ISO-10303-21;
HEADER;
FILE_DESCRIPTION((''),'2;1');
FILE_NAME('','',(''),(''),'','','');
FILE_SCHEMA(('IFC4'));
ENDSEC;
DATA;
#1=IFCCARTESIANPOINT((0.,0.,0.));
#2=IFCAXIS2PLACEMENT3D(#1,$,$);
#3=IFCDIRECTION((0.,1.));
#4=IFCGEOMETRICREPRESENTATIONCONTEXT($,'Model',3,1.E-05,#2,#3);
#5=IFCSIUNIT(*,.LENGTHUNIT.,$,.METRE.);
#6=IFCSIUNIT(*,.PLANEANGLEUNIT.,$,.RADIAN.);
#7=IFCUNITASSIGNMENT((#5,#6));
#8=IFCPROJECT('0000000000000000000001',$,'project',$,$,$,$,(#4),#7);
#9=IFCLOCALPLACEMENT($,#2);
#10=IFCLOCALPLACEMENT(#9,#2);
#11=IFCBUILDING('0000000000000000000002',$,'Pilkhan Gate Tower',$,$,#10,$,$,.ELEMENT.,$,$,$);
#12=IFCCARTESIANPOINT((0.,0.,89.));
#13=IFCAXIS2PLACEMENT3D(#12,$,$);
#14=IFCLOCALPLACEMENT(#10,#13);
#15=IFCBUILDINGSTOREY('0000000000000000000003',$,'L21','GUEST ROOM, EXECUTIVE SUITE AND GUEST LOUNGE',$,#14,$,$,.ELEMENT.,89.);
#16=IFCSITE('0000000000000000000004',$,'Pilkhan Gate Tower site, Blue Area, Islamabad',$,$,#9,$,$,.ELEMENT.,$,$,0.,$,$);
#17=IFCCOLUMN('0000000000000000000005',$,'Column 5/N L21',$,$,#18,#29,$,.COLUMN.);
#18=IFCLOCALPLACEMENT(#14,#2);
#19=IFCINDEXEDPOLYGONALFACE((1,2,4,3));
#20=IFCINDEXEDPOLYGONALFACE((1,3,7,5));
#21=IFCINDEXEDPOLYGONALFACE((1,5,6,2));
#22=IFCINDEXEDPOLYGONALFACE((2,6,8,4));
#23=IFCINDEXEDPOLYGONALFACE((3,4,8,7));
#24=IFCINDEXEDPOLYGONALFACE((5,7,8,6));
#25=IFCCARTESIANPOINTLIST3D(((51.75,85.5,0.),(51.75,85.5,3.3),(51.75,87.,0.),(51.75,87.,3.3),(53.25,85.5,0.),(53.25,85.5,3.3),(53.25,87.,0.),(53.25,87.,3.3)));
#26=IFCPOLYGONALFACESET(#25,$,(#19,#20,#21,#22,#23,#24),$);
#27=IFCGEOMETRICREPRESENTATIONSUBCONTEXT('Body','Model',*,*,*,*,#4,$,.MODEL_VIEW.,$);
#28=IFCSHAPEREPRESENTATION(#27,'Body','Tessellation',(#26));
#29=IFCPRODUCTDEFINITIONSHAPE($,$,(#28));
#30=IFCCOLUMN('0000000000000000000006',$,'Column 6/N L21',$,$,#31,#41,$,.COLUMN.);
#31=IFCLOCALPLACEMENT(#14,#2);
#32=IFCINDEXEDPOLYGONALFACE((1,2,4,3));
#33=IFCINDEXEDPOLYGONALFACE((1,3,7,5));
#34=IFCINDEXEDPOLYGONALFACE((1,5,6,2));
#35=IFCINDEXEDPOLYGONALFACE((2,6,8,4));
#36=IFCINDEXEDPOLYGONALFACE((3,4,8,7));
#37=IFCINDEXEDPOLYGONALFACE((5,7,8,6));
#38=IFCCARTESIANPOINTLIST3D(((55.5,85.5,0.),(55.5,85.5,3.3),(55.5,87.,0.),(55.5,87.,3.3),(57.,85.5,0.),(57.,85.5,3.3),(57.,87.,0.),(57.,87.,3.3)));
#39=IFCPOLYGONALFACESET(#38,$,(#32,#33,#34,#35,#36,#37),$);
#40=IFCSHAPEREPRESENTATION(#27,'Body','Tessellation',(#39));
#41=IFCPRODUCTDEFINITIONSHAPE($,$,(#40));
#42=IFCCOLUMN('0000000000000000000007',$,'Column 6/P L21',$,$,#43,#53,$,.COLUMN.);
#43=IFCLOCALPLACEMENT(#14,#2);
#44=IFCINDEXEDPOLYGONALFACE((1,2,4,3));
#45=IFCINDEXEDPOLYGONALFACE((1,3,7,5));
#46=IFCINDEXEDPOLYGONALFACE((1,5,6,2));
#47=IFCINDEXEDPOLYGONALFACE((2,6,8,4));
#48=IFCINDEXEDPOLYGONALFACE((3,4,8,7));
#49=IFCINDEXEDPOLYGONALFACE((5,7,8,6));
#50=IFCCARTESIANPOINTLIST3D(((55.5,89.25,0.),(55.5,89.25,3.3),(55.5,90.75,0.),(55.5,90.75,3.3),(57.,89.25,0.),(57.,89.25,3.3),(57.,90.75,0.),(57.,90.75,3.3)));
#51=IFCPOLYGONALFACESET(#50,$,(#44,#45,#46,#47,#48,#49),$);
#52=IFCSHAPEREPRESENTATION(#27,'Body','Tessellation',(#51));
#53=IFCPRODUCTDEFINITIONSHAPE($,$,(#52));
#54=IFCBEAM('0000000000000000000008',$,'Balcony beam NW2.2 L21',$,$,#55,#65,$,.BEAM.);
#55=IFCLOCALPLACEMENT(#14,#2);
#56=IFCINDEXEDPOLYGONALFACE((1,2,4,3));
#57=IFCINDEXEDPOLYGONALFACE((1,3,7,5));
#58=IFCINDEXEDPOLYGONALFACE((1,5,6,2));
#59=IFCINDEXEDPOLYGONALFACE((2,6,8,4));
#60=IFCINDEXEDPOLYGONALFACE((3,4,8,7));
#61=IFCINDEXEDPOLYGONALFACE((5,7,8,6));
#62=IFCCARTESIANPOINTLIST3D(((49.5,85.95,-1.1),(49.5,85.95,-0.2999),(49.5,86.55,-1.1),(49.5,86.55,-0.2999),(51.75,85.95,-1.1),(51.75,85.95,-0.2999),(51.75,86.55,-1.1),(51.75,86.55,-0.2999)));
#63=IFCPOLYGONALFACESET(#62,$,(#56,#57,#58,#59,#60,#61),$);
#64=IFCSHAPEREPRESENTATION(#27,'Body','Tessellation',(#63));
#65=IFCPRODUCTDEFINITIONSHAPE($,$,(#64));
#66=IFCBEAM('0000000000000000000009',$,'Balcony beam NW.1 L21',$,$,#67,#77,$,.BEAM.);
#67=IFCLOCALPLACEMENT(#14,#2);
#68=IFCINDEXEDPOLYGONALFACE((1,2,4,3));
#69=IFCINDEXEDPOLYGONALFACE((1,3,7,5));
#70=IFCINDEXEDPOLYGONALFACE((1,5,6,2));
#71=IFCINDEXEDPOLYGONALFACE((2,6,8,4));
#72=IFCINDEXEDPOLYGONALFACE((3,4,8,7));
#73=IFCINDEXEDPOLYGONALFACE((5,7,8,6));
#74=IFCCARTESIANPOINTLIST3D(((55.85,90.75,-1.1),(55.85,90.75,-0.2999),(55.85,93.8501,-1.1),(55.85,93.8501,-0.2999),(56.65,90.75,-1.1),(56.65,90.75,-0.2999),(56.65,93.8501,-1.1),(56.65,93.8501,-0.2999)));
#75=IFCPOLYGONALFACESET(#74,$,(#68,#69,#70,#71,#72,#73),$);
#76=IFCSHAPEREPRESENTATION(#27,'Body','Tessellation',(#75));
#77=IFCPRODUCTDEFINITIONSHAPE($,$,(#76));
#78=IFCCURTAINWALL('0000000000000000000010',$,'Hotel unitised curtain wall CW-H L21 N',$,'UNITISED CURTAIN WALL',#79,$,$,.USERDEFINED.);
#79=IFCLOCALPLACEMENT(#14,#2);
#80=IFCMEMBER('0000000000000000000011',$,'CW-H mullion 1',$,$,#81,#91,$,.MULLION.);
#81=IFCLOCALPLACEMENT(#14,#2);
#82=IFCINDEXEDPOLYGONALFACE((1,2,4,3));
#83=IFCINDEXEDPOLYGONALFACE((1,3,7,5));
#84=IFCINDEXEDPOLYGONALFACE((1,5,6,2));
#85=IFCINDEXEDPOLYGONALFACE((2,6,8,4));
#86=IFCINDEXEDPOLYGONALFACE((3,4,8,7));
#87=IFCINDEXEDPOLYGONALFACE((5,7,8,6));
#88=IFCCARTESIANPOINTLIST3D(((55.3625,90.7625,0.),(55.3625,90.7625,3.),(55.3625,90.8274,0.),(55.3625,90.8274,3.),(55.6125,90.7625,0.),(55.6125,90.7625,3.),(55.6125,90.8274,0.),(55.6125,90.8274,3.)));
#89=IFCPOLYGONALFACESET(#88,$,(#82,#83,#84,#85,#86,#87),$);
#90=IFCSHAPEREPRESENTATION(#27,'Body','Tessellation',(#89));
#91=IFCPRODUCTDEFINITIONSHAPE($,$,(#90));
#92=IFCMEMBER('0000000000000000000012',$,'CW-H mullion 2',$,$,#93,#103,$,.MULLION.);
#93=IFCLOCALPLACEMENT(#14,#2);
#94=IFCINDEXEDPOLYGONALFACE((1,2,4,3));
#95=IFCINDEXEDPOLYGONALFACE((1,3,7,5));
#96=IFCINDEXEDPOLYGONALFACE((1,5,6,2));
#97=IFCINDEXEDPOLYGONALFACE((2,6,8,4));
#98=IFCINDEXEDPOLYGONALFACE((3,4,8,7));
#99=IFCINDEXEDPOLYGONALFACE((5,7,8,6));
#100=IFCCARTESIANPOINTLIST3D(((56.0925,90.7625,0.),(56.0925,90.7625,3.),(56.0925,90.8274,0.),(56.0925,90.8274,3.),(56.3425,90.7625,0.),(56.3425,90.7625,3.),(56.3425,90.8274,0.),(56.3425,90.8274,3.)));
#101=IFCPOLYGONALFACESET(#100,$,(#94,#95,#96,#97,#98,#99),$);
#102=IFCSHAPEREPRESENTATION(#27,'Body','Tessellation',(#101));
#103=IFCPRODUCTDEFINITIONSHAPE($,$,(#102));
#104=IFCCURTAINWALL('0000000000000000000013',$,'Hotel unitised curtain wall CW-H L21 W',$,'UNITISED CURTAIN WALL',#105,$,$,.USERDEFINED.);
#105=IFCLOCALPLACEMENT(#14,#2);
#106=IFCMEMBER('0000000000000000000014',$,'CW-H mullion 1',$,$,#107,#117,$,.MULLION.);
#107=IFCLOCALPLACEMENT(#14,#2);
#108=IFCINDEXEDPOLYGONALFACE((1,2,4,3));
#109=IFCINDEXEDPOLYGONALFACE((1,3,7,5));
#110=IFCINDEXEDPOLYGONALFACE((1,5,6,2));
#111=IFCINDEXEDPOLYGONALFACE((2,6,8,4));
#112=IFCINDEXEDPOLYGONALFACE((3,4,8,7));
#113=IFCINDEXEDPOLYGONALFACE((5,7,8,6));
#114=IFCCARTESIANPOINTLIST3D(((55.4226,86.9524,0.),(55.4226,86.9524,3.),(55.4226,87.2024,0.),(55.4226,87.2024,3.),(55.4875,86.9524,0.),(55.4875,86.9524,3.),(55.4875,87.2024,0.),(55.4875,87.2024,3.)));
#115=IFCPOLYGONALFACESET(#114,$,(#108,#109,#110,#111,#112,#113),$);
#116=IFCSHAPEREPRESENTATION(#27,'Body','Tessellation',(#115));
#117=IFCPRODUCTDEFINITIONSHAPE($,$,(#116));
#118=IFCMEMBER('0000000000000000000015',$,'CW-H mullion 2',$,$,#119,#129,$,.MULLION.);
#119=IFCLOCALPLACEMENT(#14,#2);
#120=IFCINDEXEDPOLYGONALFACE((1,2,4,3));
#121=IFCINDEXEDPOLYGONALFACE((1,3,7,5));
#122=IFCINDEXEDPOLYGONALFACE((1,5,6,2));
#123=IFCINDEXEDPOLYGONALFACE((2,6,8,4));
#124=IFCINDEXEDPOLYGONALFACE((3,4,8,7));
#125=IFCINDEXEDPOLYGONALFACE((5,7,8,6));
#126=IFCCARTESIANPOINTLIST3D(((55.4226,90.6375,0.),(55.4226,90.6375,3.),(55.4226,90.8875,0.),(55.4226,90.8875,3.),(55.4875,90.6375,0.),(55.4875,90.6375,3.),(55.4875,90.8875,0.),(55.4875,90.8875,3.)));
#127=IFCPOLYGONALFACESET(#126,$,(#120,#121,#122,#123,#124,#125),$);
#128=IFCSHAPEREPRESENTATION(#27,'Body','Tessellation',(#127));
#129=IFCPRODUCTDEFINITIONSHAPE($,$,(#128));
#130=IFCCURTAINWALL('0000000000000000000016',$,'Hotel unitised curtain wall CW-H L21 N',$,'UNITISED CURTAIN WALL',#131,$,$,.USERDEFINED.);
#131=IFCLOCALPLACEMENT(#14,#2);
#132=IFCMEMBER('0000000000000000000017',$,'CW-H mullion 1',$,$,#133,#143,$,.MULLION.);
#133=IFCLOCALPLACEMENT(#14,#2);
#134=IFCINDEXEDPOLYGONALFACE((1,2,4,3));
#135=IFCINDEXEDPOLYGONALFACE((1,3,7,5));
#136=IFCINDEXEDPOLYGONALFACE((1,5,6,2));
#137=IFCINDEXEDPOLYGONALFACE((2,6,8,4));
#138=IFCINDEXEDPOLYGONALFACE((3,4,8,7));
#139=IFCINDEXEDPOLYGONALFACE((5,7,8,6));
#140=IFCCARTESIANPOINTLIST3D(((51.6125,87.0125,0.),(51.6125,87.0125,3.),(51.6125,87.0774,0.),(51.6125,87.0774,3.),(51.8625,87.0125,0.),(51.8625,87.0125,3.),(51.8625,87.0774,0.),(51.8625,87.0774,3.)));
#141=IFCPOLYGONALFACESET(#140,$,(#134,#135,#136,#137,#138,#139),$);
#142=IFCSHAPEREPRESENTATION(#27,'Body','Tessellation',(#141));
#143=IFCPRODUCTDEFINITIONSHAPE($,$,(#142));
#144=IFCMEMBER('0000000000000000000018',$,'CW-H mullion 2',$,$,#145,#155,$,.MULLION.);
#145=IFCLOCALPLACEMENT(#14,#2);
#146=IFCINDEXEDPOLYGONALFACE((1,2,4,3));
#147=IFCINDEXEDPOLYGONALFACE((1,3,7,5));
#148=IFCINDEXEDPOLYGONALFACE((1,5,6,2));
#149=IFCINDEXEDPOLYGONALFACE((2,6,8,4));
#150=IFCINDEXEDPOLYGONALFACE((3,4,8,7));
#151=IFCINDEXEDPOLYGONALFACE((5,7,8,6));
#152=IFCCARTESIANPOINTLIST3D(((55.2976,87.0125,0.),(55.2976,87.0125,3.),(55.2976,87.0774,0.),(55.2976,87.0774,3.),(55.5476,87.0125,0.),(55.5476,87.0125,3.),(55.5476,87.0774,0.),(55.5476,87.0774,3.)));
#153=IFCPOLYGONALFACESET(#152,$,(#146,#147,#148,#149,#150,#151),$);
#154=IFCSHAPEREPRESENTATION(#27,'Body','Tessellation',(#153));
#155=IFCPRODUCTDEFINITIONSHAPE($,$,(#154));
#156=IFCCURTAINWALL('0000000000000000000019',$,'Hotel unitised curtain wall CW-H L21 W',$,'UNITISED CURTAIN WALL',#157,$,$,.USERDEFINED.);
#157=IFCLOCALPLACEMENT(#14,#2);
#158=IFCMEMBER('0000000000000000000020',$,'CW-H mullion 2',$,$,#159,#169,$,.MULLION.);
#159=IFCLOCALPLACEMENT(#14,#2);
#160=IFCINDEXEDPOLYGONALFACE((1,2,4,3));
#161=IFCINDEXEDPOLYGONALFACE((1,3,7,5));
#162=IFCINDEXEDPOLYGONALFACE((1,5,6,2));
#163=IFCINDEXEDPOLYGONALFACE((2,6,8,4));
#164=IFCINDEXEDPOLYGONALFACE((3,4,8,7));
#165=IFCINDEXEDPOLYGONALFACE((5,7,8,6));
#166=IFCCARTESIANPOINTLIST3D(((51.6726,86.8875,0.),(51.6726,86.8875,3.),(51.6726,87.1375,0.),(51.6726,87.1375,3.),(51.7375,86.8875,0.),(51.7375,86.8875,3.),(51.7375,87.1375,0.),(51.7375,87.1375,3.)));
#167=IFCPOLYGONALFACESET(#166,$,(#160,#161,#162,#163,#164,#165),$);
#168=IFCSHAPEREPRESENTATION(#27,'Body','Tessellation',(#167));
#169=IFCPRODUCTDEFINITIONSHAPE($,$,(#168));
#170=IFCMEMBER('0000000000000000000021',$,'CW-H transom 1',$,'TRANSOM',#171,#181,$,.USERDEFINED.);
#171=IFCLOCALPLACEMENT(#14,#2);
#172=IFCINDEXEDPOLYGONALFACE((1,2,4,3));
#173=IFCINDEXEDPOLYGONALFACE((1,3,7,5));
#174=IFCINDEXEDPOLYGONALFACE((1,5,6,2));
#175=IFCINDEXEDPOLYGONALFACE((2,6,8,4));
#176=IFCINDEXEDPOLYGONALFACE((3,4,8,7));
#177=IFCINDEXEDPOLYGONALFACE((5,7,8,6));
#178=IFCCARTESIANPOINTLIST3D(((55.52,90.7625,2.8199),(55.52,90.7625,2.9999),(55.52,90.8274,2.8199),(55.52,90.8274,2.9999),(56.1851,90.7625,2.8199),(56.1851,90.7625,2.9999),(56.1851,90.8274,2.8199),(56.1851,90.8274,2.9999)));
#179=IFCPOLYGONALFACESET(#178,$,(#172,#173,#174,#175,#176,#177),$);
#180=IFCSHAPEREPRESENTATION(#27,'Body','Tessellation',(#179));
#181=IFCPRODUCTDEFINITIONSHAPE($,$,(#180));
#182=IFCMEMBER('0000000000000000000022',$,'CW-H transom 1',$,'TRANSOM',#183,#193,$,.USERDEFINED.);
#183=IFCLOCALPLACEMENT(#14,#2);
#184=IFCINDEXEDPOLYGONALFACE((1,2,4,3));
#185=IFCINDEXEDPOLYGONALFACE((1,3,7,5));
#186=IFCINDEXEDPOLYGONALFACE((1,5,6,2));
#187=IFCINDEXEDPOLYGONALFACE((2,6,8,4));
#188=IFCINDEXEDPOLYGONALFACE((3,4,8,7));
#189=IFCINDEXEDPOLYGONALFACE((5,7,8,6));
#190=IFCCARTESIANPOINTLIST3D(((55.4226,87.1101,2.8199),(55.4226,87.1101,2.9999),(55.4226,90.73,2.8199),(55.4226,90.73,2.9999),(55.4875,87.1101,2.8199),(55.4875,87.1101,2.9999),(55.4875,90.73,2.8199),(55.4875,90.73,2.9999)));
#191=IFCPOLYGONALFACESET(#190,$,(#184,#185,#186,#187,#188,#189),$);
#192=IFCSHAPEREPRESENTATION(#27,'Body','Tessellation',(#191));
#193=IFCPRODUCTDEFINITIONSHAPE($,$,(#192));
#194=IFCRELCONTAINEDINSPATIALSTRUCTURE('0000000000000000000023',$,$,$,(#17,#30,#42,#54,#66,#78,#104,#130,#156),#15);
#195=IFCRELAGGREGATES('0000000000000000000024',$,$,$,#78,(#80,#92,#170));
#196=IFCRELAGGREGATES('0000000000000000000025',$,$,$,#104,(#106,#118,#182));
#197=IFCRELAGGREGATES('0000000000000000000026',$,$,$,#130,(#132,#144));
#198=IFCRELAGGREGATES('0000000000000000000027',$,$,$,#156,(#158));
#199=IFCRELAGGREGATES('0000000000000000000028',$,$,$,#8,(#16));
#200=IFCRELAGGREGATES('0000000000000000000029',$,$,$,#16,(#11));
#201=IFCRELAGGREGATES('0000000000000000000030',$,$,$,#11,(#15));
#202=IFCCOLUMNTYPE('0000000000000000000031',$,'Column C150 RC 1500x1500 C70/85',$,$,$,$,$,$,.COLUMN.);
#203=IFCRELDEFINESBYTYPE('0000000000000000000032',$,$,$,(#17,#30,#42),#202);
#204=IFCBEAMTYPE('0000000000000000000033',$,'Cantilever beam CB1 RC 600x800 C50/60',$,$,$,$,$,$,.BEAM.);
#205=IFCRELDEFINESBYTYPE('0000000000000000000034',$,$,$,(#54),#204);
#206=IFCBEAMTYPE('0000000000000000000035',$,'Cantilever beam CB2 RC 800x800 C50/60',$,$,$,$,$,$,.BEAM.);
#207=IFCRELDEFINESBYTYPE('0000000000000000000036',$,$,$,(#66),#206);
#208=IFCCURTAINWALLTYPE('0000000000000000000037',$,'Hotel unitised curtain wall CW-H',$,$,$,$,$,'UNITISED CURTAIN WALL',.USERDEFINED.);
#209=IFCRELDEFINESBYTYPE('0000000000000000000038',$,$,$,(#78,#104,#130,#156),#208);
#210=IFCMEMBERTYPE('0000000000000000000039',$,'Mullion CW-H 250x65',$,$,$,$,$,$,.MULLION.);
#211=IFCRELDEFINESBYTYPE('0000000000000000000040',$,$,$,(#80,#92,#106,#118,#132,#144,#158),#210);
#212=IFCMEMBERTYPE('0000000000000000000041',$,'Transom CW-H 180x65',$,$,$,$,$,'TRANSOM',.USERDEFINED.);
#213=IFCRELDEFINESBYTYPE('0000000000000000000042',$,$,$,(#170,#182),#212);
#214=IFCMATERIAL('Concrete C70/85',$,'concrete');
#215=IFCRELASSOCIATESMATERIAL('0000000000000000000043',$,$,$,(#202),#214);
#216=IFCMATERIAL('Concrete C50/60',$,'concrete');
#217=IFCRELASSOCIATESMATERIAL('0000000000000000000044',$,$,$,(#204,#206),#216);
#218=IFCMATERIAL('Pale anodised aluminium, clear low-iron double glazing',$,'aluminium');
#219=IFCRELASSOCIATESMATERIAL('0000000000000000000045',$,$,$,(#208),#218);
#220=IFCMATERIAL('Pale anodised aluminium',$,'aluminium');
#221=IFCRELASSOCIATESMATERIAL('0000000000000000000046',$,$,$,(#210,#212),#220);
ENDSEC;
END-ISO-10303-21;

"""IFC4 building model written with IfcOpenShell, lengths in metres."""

from ifc_helpers import new_model, si_unit, direction, frame, origin, origin_2d, place, context, subcontext, project, spatial, rectangle, extrude, material, material_profile, profile_set, type_object, element, aggregate, save


model = new_model("IFC4")

# Units and contexts
model_context = context("Model", 3, precision=1e-05, world=origin(), true_north=direction((0.0, 1.0)))
body_context = subcontext(model_context, "Body", "Model", "MODEL_VIEW")
ifc_project = project(units=[si_unit("LENGTHUNIT", "METRE"), si_unit("PLANEANGLEUNIT", "RADIAN")], contexts=[model_context])

# Site, building, storey
site_placement = place(None, origin())
site = spatial("IfcSite", under=ifc_project, at=site_placement, Name="Pilkhan Gate Tower site, Blue Area, Islamabad", CompositionType="ELEMENT", RefElevation=0.0)
building_placement = place(site_placement, origin())
building = spatial("IfcBuilding", under=site, at=building_placement, Name="Pilkhan Gate Tower", CompositionType="ELEMENT")
storey_placement = place(building_placement, frame((0.0, 0.0, 89.0)))
storey = spatial("IfcBuildingStorey", under=building, at=storey_placement, Name="L21", Description="GUEST ROOM, EXECUTIVE SUITE AND GUEST LOUNGE", CompositionType="ELEMENT", Elevation=89.0)

# Columns
ifc_material_1 = material(Name="Concrete C70/85", Category="concrete")
ifc_material_profile_1 = material_profile(ifc_material_1, rectangle(XDim=1.5, YDim=1.5, at=origin_2d()), Name="RC 1500x1500")
ifc_profile_set_1 = profile_set([ifc_material_profile_1], Name="Concrete C70/85")
column_type = type_object("IfcColumnType", Name="Column C150 RC 1500x1500 C70/85", PredefinedType="COLUMN", material=ifc_profile_set_1)
for number, where, z_axis, x_axis, name in (
    (1, (52.5, 86.25, 0.0), (0.0, 0.0, 1.0), (1.0, 0.0, 0.0), "Column 5/N L21"),
    (2, (56.25, 86.25, 0.0), (0.0, 0.0, 1.0), (1.0, 0.0, 0.0), "Column 6/N L21"),
    (3, (56.25, 90.0, 0.0), (0.0, 0.0, 1.0), (1.0, 0.0, 0.0), "Column 6/P L21"),
):
    element("IfcColumn", number, at=place(storey_placement, frame(where, z_axis=z_axis, x_axis=x_axis)), inside=storey, type_object=column_type, Name=name, PredefinedType="COLUMN", context=body_context, shape_type="SweptSolid", body=[
        extrude(rectangle(XDim=1.5, YDim=1.5, at=origin_2d()), origin(), (0.0, 0.0, 1.0), 3.3),
    ])

# Beams
ifc_material_2 = material(Name="Concrete C50/60", Category="concrete")
ifc_material_profile_2 = material_profile(ifc_material_2, rectangle(XDim=0.6001, YDim=0.8, at=origin_2d()), Name="RC 600x800")
ifc_profile_set_2 = profile_set([ifc_material_profile_2], Name="Concrete C50/60")
beam_type_1 = type_object("IfcBeamType", Name="Cantilever beam CB1 RC 600x800 C50/60", PredefinedType="BEAM", material=ifc_profile_set_2)
beam_1_placement = place(storey_placement, frame((51.75, 86.25, -0.7), z_axis=(-1.0, 0.0, 0.0), x_axis=(0.0, -1.0, 0.0)))
element("IfcBeam", 4, at=beam_1_placement, inside=storey, type_object=beam_type_1, Name="Balcony beam NW2.2 L21", PredefinedType="BEAM", context=body_context, shape_type="SweptSolid", body=[
    extrude(rectangle(XDim=0.6001, YDim=0.8, at=origin_2d()), origin(), (0.0, 0.0, 1.0), 2.25),
])
ifc_material_profile_3 = material_profile(ifc_material_2, rectangle(XDim=0.8, YDim=0.8, at=origin_2d()), Name="RC 800x800")
ifc_profile_set_3 = profile_set([ifc_material_profile_3], Name="Concrete C50/60")
beam_type_2 = type_object("IfcBeamType", Name="Cantilever beam CB2 RC 800x800 C50/60", PredefinedType="BEAM", material=ifc_profile_set_3)
beam_2_placement = place(storey_placement, frame((56.25, 90.75, -0.7), z_axis=(0.0, 1.0, 0.0), x_axis=(-1.0, 0.0, 0.0)))
element("IfcBeam", 5, at=beam_2_placement, inside=storey, type_object=beam_type_2, Name="Balcony beam NW.1 L21", PredefinedType="BEAM", context=body_context, shape_type="SweptSolid", body=[
    extrude(rectangle(XDim=0.8, YDim=0.8, at=origin_2d()), origin(), (0.0, 0.0, 1.0), 3.1001),
])

# Curtain walls, members
ifc_material_3 = material(Name="Pale anodised aluminium, clear low-iron double glazing", Category="aluminium")
curtain_wall_type = type_object("IfcCurtainWallType", Name="Hotel unitised curtain wall CW-H", ElementType="UNITISED CURTAIN WALL", PredefinedType="USERDEFINED", material=ifc_material_3)
curtain_wall_1_placement = place(storey_placement, origin())
curtain_wall_1 = element("IfcCurtainWall", 6, at=curtain_wall_1_placement, inside=storey, type_object=curtain_wall_type, Name="Hotel unitised curtain wall CW-H L21 N", ObjectType="UNITISED CURTAIN WALL", PredefinedType="USERDEFINED")
ifc_material_4 = material(Name="Pale anodised aluminium", Category="aluminium")
ifc_material_profile_4 = material_profile(ifc_material_4, rectangle(XDim=0.0649, YDim=0.25, at=origin_2d()), Name="Mullion 250x65")
ifc_profile_set_4 = profile_set([ifc_material_profile_4], Name="Pale anodised aluminium")
member_type_1 = type_object("IfcMemberType", Name="Mullion CW-H 250x65", PredefinedType="MULLION", material=ifc_profile_set_4)
member_1_placement = place(storey_placement, frame((55.4875, 90.7949, 0.0), z_axis=(0.0, 0.0, 1.0), x_axis=(0.0, 1.0, 0.0)))
member_1 = element("IfcMember", 7, at=member_1_placement, type_object=member_type_1, Name="CW-H mullion 1", PredefinedType="MULLION", context=body_context, shape_type="SweptSolid", body=[
    extrude(rectangle(XDim=0.0649, YDim=0.25, at=origin_2d()), origin(), (0.0, 0.0, 1.0), 3.0),
])
member_2_placement = place(storey_placement, frame((56.2175, 90.7949, 0.0), z_axis=(0.0, 0.0, 1.0), x_axis=(0.0, 1.0, 0.0)))
member_2 = element("IfcMember", 8, at=member_2_placement, type_object=member_type_1, Name="CW-H mullion 2", PredefinedType="MULLION", context=body_context, shape_type="SweptSolid", body=[
    extrude(rectangle(XDim=0.0649, YDim=0.25, at=origin_2d()), origin(), (0.0, 0.0, 1.0), 3.0),
])
curtain_wall_2_placement = place(storey_placement, origin())
curtain_wall_2 = element("IfcCurtainWall", 9, at=curtain_wall_2_placement, inside=storey, type_object=curtain_wall_type, Name="Hotel unitised curtain wall CW-H L21 W", ObjectType="UNITISED CURTAIN WALL", PredefinedType="USERDEFINED")
member_3_placement = place(storey_placement, frame((55.4551, 87.0774, 0.0), z_axis=(0.0, 0.0, 1.0), x_axis=(-1.0, 0.0, 0.0)))
member_3 = element("IfcMember", 10, at=member_3_placement, type_object=member_type_1, Name="CW-H mullion 1", PredefinedType="MULLION", context=body_context, shape_type="SweptSolid", body=[
    extrude(rectangle(XDim=0.0649, YDim=0.25, at=origin_2d()), origin(), (0.0, 0.0, 1.0), 3.0),
])
member_4_placement = place(storey_placement, frame((55.4551, 90.7625, 0.0), z_axis=(0.0, 0.0, 1.0), x_axis=(-1.0, 0.0, 0.0)))
member_4 = element("IfcMember", 11, at=member_4_placement, type_object=member_type_1, Name="CW-H mullion 2", PredefinedType="MULLION", context=body_context, shape_type="SweptSolid", body=[
    extrude(rectangle(XDim=0.0649, YDim=0.25, at=origin_2d()), origin(), (0.0, 0.0, 1.0), 3.0),
])
curtain_wall_3_placement = place(storey_placement, origin())
curtain_wall_3 = element("IfcCurtainWall", 12, at=curtain_wall_3_placement, inside=storey, type_object=curtain_wall_type, Name="Hotel unitised curtain wall CW-H L21 N", ObjectType="UNITISED CURTAIN WALL", PredefinedType="USERDEFINED")
member_5_placement = place(storey_placement, frame((51.7375, 87.0449, 0.0), z_axis=(0.0, 0.0, 1.0), x_axis=(0.0, 1.0, 0.0)))
member_5 = element("IfcMember", 13, at=member_5_placement, type_object=member_type_1, Name="CW-H mullion 1", PredefinedType="MULLION", context=body_context, shape_type="SweptSolid", body=[
    extrude(rectangle(XDim=0.0649, YDim=0.25, at=origin_2d()), origin(), (0.0, 0.0, 1.0), 3.0),
])
member_6_placement = place(storey_placement, frame((55.4226, 87.0449, 0.0), z_axis=(0.0, 0.0, 1.0), x_axis=(0.0, 1.0, 0.0)))
member_6 = element("IfcMember", 14, at=member_6_placement, type_object=member_type_1, Name="CW-H mullion 2", PredefinedType="MULLION", context=body_context, shape_type="SweptSolid", body=[
    extrude(rectangle(XDim=0.0649, YDim=0.25, at=origin_2d()), origin(), (0.0, 0.0, 1.0), 3.0),
])

# Curtain wall, member
curtain_wall_4_placement = place(storey_placement, origin())
curtain_wall_4 = element("IfcCurtainWall", 15, at=curtain_wall_4_placement, inside=storey, type_object=curtain_wall_type, Name="Hotel unitised curtain wall CW-H L21 W", ObjectType="UNITISED CURTAIN WALL", PredefinedType="USERDEFINED")
member_7_placement = place(storey_placement, frame((51.7051, 87.0125, 0.0), z_axis=(0.0, 0.0, 1.0), x_axis=(-1.0, 0.0, 0.0)))
member_7 = element("IfcMember", 16, at=member_7_placement, type_object=member_type_1, Name="CW-H mullion 2", PredefinedType="MULLION", context=body_context, shape_type="SweptSolid", body=[
    extrude(rectangle(XDim=0.0649, YDim=0.25, at=origin_2d()), origin(), (0.0, 0.0, 1.0), 3.0),
])

# Members
ifc_material_profile_5 = material_profile(ifc_material_4, rectangle(XDim=0.0649, YDim=0.1799, at=origin_2d()), Name="Transom 180x65")
ifc_profile_set_5 = profile_set([ifc_material_profile_5], Name="Pale anodised aluminium")
member_type_2 = type_object("IfcMemberType", Name="Transom CW-H 180x65", ElementType="TRANSOM", PredefinedType="USERDEFINED", material=ifc_profile_set_5)
member_8_placement = place(storey_placement, frame((55.52, 90.7949, 2.9099), z_axis=(1.0, 0.0, 0.0), x_axis=(0.0, 1.0, 0.0)))
member_8 = element("IfcMember", 17, at=member_8_placement, type_object=member_type_2, Name="CW-H transom 1", ObjectType="TRANSOM", PredefinedType="USERDEFINED", context=body_context, shape_type="SweptSolid", body=[
    extrude(rectangle(XDim=0.0649, YDim=0.1799, at=origin_2d()), origin(), (0.0, 0.0, 1.0), 0.665),
])
member_9_placement = place(storey_placement, frame((55.4551, 87.1101, 2.9099), z_axis=(0.0, 1.0, 0.0), x_axis=(-1.0, 0.0, 0.0)))
member_9 = element("IfcMember", 18, at=member_9_placement, type_object=member_type_2, Name="CW-H transom 1", ObjectType="TRANSOM", PredefinedType="USERDEFINED", context=body_context, shape_type="SweptSolid", body=[
    extrude(rectangle(XDim=0.0649, YDim=0.1799, at=origin_2d()), origin(), (0.0, 0.0, 1.0), 3.6199),
])

aggregate(curtain_wall_1, [member_1, member_2, member_8])
aggregate(curtain_wall_2, [member_3, member_4, member_9])
aggregate(curtain_wall_3, [member_5, member_6])
aggregate(curtain_wall_4, [member_7])

save(model, "model.ifc")
